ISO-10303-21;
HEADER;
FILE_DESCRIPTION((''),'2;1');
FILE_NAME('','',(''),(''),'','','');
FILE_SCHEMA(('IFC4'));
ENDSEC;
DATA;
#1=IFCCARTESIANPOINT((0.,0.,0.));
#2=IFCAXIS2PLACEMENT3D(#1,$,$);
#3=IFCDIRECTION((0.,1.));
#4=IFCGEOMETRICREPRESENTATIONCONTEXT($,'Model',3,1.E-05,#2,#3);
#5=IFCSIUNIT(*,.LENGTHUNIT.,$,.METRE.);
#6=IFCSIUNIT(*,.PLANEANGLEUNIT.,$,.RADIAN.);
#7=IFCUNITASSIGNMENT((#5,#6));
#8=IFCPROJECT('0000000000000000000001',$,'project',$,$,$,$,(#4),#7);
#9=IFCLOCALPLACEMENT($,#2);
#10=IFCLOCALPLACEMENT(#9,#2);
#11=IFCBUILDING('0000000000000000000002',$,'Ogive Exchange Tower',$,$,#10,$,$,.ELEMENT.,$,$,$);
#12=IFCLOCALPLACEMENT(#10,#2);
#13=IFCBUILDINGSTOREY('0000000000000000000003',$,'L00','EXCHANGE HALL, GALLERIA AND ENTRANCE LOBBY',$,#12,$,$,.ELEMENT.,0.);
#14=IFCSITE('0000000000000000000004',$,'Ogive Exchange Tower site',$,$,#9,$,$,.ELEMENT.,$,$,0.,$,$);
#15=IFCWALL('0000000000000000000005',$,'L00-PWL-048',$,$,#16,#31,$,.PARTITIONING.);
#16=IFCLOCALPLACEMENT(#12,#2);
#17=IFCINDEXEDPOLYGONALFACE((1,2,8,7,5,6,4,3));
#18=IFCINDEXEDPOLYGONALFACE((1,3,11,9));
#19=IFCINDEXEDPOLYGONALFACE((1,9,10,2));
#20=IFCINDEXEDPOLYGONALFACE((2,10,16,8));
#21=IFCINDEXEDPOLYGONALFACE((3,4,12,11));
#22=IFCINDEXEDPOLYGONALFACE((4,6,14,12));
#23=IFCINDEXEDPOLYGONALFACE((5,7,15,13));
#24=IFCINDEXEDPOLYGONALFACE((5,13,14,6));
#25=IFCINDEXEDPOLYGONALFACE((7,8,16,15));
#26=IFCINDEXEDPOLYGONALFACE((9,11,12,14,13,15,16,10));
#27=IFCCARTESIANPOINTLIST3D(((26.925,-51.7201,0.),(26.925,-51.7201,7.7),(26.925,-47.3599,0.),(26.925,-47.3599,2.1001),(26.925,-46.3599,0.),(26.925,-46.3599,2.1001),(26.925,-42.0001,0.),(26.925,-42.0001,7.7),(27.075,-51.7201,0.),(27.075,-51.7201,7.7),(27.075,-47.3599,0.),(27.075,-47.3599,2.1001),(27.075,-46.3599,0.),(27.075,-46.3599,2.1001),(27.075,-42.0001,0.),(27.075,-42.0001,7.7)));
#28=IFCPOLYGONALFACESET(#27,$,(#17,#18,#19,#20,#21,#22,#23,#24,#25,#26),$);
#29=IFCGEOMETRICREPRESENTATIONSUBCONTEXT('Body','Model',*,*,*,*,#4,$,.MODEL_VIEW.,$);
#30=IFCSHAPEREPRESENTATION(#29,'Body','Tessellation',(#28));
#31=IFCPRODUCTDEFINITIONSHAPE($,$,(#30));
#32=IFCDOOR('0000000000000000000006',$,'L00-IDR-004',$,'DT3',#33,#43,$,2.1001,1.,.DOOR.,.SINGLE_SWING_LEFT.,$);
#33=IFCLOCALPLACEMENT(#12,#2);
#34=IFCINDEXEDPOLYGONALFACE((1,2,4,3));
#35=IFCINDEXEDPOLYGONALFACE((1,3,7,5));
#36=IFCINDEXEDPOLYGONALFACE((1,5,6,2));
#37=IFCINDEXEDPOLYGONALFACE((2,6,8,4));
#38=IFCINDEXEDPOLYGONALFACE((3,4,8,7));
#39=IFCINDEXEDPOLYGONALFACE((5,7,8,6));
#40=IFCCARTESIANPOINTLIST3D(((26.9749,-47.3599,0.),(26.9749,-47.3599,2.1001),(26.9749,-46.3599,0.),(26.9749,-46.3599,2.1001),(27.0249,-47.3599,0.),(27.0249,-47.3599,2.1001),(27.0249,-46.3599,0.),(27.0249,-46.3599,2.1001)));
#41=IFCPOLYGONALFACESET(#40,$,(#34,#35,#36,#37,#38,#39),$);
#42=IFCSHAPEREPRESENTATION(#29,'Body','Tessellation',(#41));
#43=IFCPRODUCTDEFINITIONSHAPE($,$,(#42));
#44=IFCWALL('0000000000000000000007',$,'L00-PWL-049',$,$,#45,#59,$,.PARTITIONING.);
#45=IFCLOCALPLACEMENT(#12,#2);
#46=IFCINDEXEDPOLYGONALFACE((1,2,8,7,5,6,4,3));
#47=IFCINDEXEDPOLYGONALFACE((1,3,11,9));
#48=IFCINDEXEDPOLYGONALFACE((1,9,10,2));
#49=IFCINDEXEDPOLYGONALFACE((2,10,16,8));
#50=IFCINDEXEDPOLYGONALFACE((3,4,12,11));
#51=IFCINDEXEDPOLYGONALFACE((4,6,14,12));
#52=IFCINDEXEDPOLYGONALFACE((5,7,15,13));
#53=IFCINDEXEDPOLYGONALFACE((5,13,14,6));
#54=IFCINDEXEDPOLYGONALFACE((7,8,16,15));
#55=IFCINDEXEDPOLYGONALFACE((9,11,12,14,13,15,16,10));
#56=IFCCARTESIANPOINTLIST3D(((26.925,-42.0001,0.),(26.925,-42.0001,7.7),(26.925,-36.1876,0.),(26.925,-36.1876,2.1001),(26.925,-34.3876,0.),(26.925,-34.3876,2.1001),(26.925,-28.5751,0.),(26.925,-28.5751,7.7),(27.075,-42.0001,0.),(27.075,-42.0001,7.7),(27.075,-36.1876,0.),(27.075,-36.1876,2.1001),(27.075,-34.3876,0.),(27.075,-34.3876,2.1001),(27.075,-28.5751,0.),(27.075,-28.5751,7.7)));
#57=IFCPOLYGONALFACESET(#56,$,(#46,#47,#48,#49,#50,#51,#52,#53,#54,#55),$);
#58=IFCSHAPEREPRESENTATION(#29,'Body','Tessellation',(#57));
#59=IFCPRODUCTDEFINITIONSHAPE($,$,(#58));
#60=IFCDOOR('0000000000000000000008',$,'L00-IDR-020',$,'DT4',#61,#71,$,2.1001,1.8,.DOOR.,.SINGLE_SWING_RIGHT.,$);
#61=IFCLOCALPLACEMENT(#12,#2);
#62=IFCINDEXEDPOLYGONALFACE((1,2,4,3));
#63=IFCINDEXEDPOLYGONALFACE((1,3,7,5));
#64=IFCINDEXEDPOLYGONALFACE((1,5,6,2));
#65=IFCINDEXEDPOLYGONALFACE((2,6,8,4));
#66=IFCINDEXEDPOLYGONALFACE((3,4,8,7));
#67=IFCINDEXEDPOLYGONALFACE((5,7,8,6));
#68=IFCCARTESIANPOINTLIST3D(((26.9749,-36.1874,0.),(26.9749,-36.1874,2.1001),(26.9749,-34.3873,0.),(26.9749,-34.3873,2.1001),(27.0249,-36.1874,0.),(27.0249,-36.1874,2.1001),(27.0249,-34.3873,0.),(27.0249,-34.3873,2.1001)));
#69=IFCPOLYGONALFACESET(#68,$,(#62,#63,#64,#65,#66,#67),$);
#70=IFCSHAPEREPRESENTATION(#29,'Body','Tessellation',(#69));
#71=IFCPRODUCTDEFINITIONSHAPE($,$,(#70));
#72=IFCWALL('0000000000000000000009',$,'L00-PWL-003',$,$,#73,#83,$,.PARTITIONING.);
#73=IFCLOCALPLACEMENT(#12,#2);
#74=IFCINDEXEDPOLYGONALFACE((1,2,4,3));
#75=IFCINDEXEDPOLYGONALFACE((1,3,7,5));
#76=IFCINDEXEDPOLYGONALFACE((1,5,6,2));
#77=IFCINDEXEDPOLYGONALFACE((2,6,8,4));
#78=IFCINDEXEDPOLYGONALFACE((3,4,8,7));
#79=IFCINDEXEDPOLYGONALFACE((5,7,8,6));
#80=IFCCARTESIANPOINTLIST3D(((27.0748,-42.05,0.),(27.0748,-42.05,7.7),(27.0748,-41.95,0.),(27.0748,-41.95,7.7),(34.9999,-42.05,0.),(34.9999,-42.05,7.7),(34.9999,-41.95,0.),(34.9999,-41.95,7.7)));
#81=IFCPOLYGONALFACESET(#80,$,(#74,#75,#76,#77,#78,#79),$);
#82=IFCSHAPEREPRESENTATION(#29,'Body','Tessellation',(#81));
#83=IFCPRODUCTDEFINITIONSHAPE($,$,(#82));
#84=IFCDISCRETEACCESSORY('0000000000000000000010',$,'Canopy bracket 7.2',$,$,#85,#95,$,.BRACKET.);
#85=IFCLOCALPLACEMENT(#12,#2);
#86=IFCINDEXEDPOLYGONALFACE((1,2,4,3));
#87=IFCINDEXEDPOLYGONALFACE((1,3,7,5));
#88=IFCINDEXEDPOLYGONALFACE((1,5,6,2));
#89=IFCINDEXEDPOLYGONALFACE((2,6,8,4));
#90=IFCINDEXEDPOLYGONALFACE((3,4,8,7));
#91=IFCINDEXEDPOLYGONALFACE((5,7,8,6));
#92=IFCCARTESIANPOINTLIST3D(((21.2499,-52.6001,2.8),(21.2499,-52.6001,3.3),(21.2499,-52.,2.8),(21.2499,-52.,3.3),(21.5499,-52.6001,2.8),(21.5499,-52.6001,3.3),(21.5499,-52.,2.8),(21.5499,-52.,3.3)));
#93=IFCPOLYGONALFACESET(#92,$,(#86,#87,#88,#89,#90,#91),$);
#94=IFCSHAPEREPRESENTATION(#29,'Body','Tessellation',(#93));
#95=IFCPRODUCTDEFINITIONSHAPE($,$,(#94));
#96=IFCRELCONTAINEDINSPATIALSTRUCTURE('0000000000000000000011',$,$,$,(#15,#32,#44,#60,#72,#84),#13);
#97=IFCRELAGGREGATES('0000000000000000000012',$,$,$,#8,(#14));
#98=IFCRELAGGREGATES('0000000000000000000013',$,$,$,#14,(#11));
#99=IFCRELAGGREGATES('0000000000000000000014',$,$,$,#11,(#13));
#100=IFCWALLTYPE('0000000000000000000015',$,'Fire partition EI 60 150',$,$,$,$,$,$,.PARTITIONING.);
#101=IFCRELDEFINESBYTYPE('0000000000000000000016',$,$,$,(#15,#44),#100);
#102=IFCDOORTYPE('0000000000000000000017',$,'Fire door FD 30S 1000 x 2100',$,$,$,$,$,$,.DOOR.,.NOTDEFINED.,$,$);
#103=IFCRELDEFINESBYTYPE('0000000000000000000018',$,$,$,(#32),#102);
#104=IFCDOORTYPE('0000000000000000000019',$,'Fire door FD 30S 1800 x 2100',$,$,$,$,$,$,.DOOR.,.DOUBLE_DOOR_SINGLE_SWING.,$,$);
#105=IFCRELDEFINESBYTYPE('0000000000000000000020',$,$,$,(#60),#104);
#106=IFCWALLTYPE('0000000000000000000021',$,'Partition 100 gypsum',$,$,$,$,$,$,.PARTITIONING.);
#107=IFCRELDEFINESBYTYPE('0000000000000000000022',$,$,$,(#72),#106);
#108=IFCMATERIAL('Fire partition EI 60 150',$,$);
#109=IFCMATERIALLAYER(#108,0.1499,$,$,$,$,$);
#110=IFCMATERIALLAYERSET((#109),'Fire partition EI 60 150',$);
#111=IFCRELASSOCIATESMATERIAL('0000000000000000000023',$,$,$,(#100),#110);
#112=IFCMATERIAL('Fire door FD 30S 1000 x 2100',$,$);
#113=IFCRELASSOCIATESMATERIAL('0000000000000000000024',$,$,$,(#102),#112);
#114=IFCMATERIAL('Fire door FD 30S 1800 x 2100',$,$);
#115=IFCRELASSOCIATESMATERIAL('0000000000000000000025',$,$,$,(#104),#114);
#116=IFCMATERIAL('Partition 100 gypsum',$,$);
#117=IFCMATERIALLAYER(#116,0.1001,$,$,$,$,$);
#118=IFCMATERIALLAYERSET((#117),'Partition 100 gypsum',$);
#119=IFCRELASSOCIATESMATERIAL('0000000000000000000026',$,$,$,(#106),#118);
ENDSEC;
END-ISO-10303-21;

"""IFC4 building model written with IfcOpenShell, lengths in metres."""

from ifc_helpers import new_model, si_unit, direction, frame, frame_2d, origin, origin_2d, place, context, subcontext, project, spatial, rectangle, extrude, material, layer, layer_set, type_object, element, fill, save


model = new_model("IFC4")

# Units and contexts
model_context = context("Model", 3, precision=1e-05, world=origin(), true_north=direction((0.0, 1.0)))
body_context = subcontext(model_context, "Body", "Model", "MODEL_VIEW")
ifc_project = project(units=[si_unit("LENGTHUNIT", "METRE"), si_unit("PLANEANGLEUNIT", "RADIAN")], contexts=[model_context])

# Site, building, storey
site_placement = place(None, origin())
site = spatial("IfcSite", under=ifc_project, at=site_placement, Name="Ogive Exchange Tower site", CompositionType="ELEMENT", RefElevation=0.0)
building_placement = place(site_placement, origin())
building = spatial("IfcBuilding", under=site, at=building_placement, Name="Ogive Exchange Tower", CompositionType="ELEMENT")
storey_placement = place(building_placement, origin())
storey = spatial("IfcBuildingStorey", under=building, at=storey_placement, Name="L00", Description="EXCHANGE HALL, GALLERIA AND ENTRANCE LOBBY", CompositionType="ELEMENT", Elevation=0.0)

# Walls, openings, doors
ifc_material_1 = material(Name="Fire partition EI 60 150")
ifc_layer_1 = layer(ifc_material_1, 0.1499)
ifc_layer_set_1 = layer_set([ifc_layer_1], Name="Fire partition EI 60 150")
wall_type_1 = type_object("IfcWallType", Name="Fire partition EI 60 150", PredefinedType="PARTITIONING", material=ifc_layer_set_1)
wall_1_placement = place(storey_placement, frame((27.0, -51.72, 0.0), z_axis=(0.0, 0.0, 1.0), x_axis=(0.0, 1.0, 0.0)))
wall_1 = element("IfcWall", 1, at=wall_1_placement, inside=storey, type_object=wall_type_1, Name="L00-PWL-048", PredefinedType="PARTITIONING", context=body_context, shape_type="SweptSolid", body=[
    extrude(rectangle(XDim=9.72, YDim=0.1499, at=frame_2d((4.8599, 0.0))), origin(), (0.0, 0.0, 1.0), 7.7),
])
opening_1_placement = place(wall_1_placement, frame((4.3601, 0.0, 0.0)))
opening_1 = element("IfcOpeningElement", 2, at=opening_1_placement, cuts=wall_1, PredefinedType="OPENING", context=body_context, shape_type="SweptSolid", body=[
    extrude(rectangle(XDim=1.0, YDim=2.1001, at=frame_2d((0.5, 1.05))), frame((0.0, 0.085, 0.0), z_axis=(0.0, -1.0, 0.0), x_axis=(1.0, 0.0, 0.0)), (0.0, 0.0, 1.0), 0.1699),
])
ifc_material_2 = material(Name="Fire door FD 30S 1000 x 2100")
door_type_1 = type_object("IfcDoorType", Name="Fire door FD 30S 1000 x 2100", OperationType="NOTDEFINED", PredefinedType="DOOR", material=ifc_material_2)
door_1_placement = place(opening_1_placement, frame((1.0, 0.0, 0.0), z_axis=(0.0, 0.0, 1.0), x_axis=(-1.0, 0.0, 0.0)))
door_1 = element("IfcDoor", 3, at=door_1_placement, inside=storey, type_object=door_type_1, Name="L00-IDR-004", ObjectType="DT3", OperationType="SINGLE_SWING_LEFT", OverallHeight=2.1001, OverallWidth=1.0, PredefinedType="DOOR", context=body_context, shape_type="SweptSolid", body=[
    extrude(rectangle(XDim=1.0, YDim=2.1001, at=frame_2d((0.5, 1.05))), frame((0.0, 0.0249, 0.0), z_axis=(0.0, -1.0, 0.0), x_axis=(1.0, 0.0, 0.0)), (0.0, 0.0, 1.0), 0.05),
])
fill(opening_1, door_1)
wall_2_placement = place(storey_placement, frame((27.0, -42.0, 0.0), z_axis=(0.0, 0.0, 1.0), x_axis=(0.0, 1.0, 0.0)))
wall_2 = element("IfcWall", 4, at=wall_2_placement, inside=storey, type_object=wall_type_1, Name="L00-PWL-049", PredefinedType="PARTITIONING", context=body_context, shape_type="SweptSolid", body=[
    extrude(rectangle(XDim=13.425, YDim=0.1499, at=frame_2d((6.7124, 0.0))), origin(), (0.0, 0.0, 1.0), 7.7),
])
opening_2_placement = place(wall_2_placement, frame((5.8125, 0.0, 0.0)))
opening_2 = element("IfcOpeningElement", 5, at=opening_2_placement, cuts=wall_2, PredefinedType="OPENING", context=body_context, shape_type="SweptSolid", body=[
    extrude(rectangle(XDim=1.8, YDim=2.1001, at=frame_2d((0.8999, 1.05))), frame((0.0, 0.085, 0.0), z_axis=(0.0, -1.0, 0.0), x_axis=(1.0, 0.0, 0.0)), (0.0, 0.0, 1.0), 0.1699),
])
ifc_material_3 = material(Name="Fire door FD 30S 1800 x 2100")
door_type_2 = type_object("IfcDoorType", Name="Fire door FD 30S 1800 x 2100", OperationType="DOUBLE_DOOR_SINGLE_SWING", PredefinedType="DOOR", material=ifc_material_3)
door_2_placement = place(opening_2_placement, frame((1.8, 0.0, 0.0), z_axis=(0.0, 0.0, 1.0), x_axis=(-1.0, 0.0, 0.0)))
door_2 = element("IfcDoor", 6, at=door_2_placement, inside=storey, type_object=door_type_2, Name="L00-IDR-020", ObjectType="DT4", OperationType="SINGLE_SWING_RIGHT", OverallHeight=2.1001, OverallWidth=1.8, PredefinedType="DOOR", context=body_context, shape_type="SweptSolid", body=[
    extrude(rectangle(XDim=1.8, YDim=2.1001, at=frame_2d((0.8999, 1.05))), frame((0.0, 0.0249, 0.0), z_axis=(0.0, -1.0, 0.0), x_axis=(1.0, 0.0, 0.0)), (0.0, 0.0, 1.0), 0.05),
])
fill(opening_2, door_2)

# Wall
ifc_material_4 = material(Name="Partition 100 gypsum")
ifc_layer_2 = layer(ifc_material_4, 0.1001)
ifc_layer_set_2 = layer_set([ifc_layer_2], Name="Partition 100 gypsum")
wall_type_2 = type_object("IfcWallType", Name="Partition 100 gypsum", PredefinedType="PARTITIONING", material=ifc_layer_set_2)
wall_3_placement = place(storey_placement, frame((27.075, -42.0, 0.0), z_axis=(0.0, 0.0, 1.0), x_axis=(1.0, 0.0, 0.0)))
element("IfcWall", 7, at=wall_3_placement, inside=storey, type_object=wall_type_2, Name="L00-PWL-003", PredefinedType="PARTITIONING", context=body_context, shape_type="SweptSolid", body=[
    extrude(rectangle(XDim=7.925, YDim=0.1001, at=frame_2d((3.9624, 0.0))), origin(), (0.0, 0.0, 1.0), 7.7),
])

# Discrete accessory
discrete_accessory_placement = place(storey_placement, frame((21.3999, -52.3, 2.8), z_axis=(0.0, 0.0, 1.0), x_axis=(1.0, 0.0, 0.0)))
element("IfcDiscreteAccessory", 8, at=discrete_accessory_placement, inside=storey, Name="Canopy bracket 7.2", PredefinedType="BRACKET", context=body_context, shape_type="SweptSolid", body=[
    extrude(rectangle(XDim=0.3, YDim=0.6001, at=origin_2d()), origin(), (0.0, 0.0, 1.0), 0.5),
])

save(model, "model.ifc")
